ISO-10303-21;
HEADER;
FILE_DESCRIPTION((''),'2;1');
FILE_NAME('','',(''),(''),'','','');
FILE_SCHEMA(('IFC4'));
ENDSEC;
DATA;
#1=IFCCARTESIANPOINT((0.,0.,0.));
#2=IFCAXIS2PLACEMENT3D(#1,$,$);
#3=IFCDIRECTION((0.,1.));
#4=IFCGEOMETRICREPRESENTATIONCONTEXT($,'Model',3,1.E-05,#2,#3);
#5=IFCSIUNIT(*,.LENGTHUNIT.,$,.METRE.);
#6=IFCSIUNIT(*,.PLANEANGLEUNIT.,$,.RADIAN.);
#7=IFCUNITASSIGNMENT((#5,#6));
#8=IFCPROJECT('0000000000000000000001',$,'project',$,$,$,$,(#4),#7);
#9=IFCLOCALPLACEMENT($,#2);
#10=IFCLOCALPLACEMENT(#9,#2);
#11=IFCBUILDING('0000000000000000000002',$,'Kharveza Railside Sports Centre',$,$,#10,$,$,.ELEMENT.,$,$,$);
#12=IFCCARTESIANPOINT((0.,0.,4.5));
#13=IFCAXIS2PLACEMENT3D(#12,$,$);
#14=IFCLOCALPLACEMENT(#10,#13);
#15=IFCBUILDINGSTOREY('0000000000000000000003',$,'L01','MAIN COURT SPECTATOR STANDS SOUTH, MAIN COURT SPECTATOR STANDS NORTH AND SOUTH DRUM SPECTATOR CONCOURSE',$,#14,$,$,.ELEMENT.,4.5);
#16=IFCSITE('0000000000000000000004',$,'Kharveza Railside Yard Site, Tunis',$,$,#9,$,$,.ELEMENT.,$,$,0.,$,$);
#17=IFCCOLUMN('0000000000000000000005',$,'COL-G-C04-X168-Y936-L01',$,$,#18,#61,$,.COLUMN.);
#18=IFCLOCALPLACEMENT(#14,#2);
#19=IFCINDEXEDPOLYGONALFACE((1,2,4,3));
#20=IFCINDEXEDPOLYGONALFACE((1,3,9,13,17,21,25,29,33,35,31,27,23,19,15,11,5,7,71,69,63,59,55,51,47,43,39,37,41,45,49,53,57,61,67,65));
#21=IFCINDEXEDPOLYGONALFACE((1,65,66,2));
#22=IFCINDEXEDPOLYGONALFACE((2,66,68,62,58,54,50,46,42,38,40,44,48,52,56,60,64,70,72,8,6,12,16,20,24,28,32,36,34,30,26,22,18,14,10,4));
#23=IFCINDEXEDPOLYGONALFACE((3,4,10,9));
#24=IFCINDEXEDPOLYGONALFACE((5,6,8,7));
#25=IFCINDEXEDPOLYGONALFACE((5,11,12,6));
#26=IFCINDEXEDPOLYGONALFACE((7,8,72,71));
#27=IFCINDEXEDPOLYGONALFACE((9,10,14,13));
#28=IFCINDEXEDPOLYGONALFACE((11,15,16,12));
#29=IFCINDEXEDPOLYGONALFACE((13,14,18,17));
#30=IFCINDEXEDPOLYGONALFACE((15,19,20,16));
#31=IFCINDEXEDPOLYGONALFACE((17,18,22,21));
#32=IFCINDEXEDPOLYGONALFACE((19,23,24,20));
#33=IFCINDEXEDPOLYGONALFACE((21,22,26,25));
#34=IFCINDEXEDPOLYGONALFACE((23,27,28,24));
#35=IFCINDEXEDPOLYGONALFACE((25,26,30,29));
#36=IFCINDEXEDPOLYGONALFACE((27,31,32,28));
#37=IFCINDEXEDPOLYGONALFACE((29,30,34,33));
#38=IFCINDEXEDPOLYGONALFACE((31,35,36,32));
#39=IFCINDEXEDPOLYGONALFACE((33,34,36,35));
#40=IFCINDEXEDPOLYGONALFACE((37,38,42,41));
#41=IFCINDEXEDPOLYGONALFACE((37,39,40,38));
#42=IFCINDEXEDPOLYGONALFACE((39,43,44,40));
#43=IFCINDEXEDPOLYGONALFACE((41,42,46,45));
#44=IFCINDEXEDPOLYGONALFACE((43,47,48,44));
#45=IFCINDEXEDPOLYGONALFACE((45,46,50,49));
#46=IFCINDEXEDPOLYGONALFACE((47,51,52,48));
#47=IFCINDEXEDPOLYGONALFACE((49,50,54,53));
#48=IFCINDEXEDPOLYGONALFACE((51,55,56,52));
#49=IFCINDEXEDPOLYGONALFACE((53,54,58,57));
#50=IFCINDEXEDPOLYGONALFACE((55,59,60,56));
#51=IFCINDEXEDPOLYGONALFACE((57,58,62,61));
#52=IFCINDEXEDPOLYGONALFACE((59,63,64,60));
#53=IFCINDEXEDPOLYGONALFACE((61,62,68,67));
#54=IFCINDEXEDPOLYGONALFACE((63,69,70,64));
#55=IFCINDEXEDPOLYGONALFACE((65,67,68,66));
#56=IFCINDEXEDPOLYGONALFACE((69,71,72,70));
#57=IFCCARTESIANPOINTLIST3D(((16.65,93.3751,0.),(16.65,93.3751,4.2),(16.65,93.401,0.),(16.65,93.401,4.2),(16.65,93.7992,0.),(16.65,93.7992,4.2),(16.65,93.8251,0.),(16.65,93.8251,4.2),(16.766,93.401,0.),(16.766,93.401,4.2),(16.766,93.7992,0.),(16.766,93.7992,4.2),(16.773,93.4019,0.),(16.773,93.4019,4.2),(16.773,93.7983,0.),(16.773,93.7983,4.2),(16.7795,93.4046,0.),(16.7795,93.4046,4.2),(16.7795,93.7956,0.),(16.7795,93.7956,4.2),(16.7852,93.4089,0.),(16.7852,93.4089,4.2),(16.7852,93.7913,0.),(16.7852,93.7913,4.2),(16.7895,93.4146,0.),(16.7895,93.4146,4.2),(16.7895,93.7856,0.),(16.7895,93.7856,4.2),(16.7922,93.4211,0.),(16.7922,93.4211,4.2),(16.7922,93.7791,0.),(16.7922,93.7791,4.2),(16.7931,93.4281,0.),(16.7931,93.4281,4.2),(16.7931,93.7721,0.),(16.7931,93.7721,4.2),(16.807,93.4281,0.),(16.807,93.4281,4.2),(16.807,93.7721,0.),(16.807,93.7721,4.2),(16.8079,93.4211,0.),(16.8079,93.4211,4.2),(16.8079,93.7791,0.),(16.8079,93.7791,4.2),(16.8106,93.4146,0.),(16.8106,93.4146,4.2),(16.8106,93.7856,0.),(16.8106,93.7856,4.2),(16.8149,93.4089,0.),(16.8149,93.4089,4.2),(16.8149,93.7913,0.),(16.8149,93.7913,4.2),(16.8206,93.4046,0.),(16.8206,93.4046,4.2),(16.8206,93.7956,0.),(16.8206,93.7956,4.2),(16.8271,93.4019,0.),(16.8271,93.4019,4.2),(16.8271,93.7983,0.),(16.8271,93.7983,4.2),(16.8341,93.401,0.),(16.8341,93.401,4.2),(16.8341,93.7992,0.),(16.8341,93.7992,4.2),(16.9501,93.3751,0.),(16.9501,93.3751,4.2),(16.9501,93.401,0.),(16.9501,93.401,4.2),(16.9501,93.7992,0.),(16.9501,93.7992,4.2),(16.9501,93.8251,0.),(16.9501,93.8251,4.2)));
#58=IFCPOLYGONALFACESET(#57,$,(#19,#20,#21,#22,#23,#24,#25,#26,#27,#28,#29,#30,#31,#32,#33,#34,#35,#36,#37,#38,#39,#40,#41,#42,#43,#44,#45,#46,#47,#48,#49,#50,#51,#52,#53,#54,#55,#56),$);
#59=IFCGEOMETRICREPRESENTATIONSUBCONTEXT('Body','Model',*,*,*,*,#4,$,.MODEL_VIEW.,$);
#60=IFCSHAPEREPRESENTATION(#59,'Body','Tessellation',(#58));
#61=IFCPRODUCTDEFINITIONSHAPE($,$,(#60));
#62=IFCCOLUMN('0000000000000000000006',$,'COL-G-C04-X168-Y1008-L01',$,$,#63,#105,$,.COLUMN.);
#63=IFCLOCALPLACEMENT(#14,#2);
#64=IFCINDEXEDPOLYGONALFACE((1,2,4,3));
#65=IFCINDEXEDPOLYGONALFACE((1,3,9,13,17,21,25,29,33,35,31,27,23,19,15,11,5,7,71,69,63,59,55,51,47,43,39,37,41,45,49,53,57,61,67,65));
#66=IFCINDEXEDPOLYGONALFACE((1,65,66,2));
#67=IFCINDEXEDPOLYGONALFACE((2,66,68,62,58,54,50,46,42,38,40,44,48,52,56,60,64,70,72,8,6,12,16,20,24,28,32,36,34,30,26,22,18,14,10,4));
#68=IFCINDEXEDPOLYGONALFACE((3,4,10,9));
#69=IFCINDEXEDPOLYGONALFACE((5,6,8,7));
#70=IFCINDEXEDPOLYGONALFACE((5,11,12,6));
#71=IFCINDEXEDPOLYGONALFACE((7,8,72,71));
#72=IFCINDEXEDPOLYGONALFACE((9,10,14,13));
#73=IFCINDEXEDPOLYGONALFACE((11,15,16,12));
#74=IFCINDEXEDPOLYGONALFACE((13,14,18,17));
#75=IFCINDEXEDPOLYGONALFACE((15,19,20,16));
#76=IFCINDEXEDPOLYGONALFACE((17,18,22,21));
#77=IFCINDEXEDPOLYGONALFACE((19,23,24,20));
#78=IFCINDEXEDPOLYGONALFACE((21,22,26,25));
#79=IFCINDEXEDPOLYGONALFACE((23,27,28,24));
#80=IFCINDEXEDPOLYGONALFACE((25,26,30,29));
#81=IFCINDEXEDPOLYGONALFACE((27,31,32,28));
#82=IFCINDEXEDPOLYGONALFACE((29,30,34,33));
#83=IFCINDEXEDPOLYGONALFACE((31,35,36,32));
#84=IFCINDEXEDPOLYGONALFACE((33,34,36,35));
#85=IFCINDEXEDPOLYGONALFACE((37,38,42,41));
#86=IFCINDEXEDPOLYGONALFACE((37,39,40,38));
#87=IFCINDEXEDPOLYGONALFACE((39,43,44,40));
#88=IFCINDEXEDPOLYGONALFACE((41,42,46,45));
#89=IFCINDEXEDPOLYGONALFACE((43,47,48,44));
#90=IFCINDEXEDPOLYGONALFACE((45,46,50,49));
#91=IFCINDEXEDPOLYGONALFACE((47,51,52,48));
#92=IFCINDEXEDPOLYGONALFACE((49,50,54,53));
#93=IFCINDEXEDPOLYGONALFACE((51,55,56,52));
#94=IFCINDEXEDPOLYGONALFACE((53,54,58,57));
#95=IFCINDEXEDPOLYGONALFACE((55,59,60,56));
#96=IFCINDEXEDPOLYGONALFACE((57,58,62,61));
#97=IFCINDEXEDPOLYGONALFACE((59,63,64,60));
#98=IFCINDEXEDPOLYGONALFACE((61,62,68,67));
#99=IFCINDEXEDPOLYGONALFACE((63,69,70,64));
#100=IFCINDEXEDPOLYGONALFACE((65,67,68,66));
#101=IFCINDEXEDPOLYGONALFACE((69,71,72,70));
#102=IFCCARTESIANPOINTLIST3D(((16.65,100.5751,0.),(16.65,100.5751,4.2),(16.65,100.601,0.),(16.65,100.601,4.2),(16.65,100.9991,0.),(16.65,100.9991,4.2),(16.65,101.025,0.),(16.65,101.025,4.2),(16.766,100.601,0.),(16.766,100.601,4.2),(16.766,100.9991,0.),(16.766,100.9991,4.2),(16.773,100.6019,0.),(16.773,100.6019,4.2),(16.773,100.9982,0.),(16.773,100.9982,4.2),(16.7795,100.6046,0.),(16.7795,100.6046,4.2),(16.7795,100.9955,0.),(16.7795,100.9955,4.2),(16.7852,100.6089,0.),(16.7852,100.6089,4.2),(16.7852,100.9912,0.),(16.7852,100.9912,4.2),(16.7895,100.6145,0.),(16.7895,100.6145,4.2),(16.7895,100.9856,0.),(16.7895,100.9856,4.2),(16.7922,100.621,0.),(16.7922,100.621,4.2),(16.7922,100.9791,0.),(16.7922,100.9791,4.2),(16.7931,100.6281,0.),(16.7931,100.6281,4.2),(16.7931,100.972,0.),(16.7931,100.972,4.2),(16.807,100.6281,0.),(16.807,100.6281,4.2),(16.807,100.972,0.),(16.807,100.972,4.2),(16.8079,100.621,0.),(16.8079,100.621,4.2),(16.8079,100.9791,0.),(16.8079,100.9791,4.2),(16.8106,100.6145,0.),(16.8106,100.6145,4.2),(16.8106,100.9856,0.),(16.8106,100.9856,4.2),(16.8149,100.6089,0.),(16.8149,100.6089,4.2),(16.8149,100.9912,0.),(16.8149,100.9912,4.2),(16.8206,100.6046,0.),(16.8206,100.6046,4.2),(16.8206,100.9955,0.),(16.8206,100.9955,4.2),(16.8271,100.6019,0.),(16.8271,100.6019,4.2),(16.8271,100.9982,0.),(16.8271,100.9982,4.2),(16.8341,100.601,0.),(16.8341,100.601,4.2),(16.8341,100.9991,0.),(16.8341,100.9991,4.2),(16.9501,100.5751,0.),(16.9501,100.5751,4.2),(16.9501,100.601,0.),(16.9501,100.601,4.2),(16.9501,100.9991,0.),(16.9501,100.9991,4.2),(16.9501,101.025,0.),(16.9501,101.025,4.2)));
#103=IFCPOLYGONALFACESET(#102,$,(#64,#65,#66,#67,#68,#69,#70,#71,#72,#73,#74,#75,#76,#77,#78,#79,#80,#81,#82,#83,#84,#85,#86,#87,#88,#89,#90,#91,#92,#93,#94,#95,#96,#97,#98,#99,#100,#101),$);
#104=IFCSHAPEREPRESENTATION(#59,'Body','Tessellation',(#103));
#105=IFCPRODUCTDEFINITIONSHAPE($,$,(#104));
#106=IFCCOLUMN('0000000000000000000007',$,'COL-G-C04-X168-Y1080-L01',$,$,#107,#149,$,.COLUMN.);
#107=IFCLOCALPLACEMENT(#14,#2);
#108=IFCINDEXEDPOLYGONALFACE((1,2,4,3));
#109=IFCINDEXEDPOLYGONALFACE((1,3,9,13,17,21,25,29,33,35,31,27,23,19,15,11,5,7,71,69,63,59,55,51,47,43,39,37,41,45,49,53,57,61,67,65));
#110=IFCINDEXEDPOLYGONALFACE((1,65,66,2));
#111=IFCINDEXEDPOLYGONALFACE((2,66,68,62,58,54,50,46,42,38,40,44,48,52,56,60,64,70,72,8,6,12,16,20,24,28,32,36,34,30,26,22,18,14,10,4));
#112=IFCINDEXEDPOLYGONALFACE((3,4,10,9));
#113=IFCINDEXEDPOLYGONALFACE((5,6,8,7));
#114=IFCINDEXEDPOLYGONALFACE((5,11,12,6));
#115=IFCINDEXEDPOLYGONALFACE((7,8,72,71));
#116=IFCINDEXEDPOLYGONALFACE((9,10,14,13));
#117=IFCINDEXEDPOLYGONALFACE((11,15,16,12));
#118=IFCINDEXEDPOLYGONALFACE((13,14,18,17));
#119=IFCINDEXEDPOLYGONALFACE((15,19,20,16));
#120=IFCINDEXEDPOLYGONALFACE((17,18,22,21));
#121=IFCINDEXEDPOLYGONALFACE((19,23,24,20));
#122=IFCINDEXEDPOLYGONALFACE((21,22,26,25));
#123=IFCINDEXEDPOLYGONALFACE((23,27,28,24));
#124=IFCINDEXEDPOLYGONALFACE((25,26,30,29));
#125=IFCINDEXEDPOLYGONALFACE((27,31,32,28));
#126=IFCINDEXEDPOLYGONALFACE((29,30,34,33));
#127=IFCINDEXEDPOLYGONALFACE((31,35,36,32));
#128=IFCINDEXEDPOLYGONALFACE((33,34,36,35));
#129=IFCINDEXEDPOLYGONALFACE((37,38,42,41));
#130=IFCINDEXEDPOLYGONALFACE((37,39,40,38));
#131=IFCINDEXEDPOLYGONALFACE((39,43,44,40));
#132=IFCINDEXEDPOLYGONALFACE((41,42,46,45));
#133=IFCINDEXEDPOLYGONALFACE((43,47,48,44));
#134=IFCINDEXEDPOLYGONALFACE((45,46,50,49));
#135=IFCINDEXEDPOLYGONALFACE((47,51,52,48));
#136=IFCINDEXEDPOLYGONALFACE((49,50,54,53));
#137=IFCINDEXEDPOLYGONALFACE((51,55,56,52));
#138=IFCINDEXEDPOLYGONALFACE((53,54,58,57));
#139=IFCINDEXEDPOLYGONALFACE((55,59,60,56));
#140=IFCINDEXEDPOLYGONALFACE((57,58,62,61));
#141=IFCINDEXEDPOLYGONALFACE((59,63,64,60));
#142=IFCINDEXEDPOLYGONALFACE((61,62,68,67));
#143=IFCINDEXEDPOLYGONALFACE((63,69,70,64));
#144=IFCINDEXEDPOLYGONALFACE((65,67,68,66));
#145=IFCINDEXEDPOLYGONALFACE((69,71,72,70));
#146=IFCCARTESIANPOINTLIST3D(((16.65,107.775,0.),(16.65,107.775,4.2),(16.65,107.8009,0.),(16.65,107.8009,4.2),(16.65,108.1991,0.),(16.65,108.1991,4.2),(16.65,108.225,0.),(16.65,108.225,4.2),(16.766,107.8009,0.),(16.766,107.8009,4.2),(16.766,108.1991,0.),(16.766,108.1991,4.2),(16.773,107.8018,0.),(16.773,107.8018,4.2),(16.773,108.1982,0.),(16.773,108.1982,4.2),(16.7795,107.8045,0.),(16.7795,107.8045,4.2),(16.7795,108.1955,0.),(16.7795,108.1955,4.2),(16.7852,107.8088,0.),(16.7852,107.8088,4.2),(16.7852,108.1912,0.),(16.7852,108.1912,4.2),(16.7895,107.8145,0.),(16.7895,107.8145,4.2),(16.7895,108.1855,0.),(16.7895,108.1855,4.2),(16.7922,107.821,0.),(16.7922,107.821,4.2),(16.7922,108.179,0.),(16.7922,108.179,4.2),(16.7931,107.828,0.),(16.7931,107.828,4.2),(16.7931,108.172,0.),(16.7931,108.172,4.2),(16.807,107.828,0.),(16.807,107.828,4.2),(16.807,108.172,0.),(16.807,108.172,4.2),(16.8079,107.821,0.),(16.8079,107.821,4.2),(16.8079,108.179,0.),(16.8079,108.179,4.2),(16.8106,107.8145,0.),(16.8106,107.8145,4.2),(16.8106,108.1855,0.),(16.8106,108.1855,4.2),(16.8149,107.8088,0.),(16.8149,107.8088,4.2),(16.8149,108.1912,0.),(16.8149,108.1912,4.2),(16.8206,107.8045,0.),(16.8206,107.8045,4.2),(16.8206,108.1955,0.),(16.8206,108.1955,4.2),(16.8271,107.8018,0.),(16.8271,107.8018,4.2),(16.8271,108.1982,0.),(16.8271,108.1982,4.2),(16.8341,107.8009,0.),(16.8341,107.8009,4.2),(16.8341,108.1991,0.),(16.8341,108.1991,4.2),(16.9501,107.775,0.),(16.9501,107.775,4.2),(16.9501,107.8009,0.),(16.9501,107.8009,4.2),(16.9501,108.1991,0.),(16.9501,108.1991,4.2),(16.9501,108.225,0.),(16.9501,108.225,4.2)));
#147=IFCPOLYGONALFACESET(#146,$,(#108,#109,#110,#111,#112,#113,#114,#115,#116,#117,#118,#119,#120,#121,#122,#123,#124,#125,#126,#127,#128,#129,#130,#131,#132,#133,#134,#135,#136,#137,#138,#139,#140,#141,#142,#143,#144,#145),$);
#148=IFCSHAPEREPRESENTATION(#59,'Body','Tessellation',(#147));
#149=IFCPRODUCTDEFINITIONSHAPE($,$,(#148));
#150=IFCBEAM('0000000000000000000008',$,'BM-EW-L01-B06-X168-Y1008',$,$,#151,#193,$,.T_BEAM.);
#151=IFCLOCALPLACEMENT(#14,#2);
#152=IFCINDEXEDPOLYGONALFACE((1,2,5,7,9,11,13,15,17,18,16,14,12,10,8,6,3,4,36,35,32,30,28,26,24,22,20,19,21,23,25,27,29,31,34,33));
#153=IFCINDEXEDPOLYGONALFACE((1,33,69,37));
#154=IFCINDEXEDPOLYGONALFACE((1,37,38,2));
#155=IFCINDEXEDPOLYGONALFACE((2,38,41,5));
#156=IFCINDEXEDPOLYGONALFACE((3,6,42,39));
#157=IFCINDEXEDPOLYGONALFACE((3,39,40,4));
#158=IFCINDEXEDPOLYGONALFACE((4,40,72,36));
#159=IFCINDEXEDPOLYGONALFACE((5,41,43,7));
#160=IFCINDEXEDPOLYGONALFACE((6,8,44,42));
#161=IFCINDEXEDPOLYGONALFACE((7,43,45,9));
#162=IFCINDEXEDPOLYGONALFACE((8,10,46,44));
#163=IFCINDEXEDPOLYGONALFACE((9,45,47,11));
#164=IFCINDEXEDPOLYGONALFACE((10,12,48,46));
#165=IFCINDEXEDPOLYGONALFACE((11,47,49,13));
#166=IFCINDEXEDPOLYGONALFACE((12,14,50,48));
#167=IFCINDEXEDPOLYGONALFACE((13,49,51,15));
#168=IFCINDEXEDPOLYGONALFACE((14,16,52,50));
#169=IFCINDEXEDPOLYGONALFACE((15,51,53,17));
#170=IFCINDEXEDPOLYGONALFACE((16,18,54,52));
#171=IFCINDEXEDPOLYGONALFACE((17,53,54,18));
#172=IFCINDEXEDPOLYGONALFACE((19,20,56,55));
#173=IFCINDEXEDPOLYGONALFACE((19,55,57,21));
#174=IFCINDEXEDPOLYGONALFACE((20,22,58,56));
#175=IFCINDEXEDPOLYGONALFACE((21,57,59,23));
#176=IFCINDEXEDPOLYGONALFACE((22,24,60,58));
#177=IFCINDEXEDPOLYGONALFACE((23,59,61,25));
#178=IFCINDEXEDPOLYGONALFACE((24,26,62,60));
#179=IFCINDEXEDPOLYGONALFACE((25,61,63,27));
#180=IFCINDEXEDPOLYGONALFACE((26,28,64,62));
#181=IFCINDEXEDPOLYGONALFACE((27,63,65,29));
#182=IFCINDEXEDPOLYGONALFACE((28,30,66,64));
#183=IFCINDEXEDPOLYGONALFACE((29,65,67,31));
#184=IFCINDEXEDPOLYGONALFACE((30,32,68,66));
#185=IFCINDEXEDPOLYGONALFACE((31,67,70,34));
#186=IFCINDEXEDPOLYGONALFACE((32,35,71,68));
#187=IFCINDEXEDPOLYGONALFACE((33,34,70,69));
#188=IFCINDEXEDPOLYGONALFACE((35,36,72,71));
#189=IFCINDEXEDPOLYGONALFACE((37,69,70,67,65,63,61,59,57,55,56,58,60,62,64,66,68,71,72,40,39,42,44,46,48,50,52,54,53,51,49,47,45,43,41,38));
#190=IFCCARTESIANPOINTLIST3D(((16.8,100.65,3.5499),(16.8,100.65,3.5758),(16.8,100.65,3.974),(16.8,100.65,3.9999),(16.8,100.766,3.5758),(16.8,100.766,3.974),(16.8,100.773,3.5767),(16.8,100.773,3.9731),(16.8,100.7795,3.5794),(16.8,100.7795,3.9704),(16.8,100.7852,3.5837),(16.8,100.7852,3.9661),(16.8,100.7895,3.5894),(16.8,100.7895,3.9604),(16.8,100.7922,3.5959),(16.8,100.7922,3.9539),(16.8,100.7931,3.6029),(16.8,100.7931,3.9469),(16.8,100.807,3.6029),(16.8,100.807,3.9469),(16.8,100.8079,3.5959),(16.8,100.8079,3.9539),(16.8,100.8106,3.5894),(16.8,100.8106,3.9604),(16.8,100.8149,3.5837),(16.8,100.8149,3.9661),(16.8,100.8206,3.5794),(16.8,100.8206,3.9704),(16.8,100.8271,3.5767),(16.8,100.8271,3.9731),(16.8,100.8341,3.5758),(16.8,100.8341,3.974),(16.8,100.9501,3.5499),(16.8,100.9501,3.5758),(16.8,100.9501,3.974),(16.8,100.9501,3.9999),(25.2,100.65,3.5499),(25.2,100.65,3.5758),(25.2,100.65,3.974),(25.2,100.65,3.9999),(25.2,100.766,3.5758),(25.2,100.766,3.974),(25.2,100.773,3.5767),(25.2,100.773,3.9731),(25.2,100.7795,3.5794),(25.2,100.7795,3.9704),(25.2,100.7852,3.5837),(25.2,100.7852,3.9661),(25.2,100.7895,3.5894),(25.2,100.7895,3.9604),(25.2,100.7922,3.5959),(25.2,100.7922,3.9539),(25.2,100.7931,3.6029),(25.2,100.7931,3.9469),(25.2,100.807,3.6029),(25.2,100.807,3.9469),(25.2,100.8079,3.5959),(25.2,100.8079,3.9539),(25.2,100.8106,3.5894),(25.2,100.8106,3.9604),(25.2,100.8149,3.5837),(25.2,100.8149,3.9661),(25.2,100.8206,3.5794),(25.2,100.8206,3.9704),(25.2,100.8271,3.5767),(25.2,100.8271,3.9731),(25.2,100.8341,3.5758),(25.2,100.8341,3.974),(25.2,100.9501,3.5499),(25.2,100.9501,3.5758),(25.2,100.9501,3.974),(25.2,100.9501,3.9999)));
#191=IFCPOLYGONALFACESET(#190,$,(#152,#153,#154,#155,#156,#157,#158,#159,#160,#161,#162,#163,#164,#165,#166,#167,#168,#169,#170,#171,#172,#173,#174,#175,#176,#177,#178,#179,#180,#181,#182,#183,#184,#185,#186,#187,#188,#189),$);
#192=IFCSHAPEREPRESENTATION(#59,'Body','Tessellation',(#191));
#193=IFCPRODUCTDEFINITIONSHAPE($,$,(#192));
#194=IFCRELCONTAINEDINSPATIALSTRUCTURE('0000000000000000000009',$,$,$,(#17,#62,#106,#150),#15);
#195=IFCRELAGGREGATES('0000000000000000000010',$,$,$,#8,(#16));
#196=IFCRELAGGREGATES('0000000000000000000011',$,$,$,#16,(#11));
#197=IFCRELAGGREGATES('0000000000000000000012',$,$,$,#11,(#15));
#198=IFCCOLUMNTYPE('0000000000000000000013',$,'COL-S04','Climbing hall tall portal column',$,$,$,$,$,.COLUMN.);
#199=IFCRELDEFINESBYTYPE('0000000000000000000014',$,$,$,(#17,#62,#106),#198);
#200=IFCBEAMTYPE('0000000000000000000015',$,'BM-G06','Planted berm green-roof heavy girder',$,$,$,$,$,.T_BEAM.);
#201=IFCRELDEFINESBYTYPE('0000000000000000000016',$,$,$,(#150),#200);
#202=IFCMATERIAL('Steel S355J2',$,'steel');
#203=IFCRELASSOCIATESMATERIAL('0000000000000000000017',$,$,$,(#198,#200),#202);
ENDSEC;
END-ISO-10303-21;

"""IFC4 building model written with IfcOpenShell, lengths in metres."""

from ifc_helpers import new_model, si_unit, direction, frame, origin, origin_2d, place, context, subcontext, project, spatial, i_section, extrude, material, material_profile, profile_set, type_object, element, save


model = new_model("IFC4")

# Units and contexts
model_context = context("Model", 3, precision=1e-05, world=origin(), true_north=direction((0.0, 1.0)))
body_context = subcontext(model_context, "Body", "Model", "MODEL_VIEW")
ifc_project = project(units=[si_unit("LENGTHUNIT", "METRE"), si_unit("PLANEANGLEUNIT", "RADIAN")], contexts=[model_context])

# Site, building, storey
site_placement = place(None, origin())
site = spatial("IfcSite", under=ifc_project, at=site_placement, Name="Kharveza Railside Yard Site, Tunis", CompositionType="ELEMENT", RefElevation=0.0)
building_placement = place(site_placement, origin())
building = spatial("IfcBuilding", under=site, at=building_placement, Name="Kharveza Railside Sports Centre", CompositionType="ELEMENT")
storey_placement = place(building_placement, frame((0.0, 0.0, 4.5)))
storey = spatial("IfcBuildingStorey", under=building, at=storey_placement, Name="L01", Description="MAIN COURT SPECTATOR STANDS SOUTH, MAIN COURT SPECTATOR STANDS NORTH AND SOUTH DRUM SPECTATOR CONCOURSE", CompositionType="ELEMENT", Elevation=4.5)

# Columns
ifc_material_1 = material(Name="Steel S355J2", Category="steel")
ifc_material_profile_1 = material_profile(ifc_material_1, i_section(OverallWidth=0.3, OverallDepth=0.45, WebThickness=0.0139, FlangeThickness=0.0259, FilletRadius=0.0271, at=origin_2d()), Name="HEB 450")
ifc_profile_set_1 = profile_set([ifc_material_profile_1], Name="Steel S355J2")
column_type = type_object("IfcColumnType", Name="COL-S04", Description="Climbing hall tall portal column", PredefinedType="COLUMN", material=ifc_profile_set_1)
for number, where, z_axis, x_axis, name in (
    (1, (16.8, 93.6001, 0.0), (0.0, 0.0, 1.0), (1.0, 0.0, 0.0), "COL-G-C04-X168-Y936-L01"),
    (2, (16.8, 100.8, 0.0), (0.0, 0.0, 1.0), (1.0, 0.0, 0.0), "COL-G-C04-X168-Y1008-L01"),
    (3, (16.8, 108.0, 0.0), (0.0, 0.0, 1.0), (1.0, 0.0, 0.0), "COL-G-C04-X168-Y1080-L01"),
):
    element("IfcColumn", number, at=place(storey_placement, frame(where, z_axis=z_axis, x_axis=x_axis)), inside=storey, type_object=column_type, Name=name, PredefinedType="COLUMN", context=body_context, shape_type="SweptSolid", body=[
        extrude(i_section(OverallWidth=0.3, OverallDepth=0.45, WebThickness=0.0139, FlangeThickness=0.0259, FilletRadius=0.0271, at=origin_2d()), origin(), (0.0, 0.0, 1.0), 4.2),
    ])

# Beam
ifc_material_profile_2 = material_profile(ifc_material_1, i_section(OverallWidth=0.3, OverallDepth=0.45, WebThickness=0.0139, FlangeThickness=0.0259, FilletRadius=0.0271, at=origin_2d()), Name="HEB 450")
ifc_profile_set_2 = profile_set([ifc_material_profile_2], Name="Steel S355J2")
beam_type_1 = type_object("IfcBeamType", Name="BM-G06", Description="Planted berm green-roof heavy girder", PredefinedType="T_BEAM", material=ifc_profile_set_2)
beam_1_placement = place(storey_placement, frame((16.8, 100.8, 3.7749), z_axis=(1.0, 0.0, 0.0), x_axis=(0.0, 1.0, 0.0)))
element("IfcBeam", 4, at=beam_1_placement, inside=storey, type_object=beam_type_1, Name="BM-EW-L01-B06-X168-Y1008", PredefinedType="T_BEAM", context=body_context, shape_type="SweptSolid", body=[
    extrude(i_section(OverallWidth=0.3, OverallDepth=0.45, WebThickness=0.0139, FlangeThickness=0.0259, FilletRadius=0.0271, at=origin_2d()), origin(), (0.0, 0.0, 1.0), 8.3999),
])

save(model, "model.ifc")
